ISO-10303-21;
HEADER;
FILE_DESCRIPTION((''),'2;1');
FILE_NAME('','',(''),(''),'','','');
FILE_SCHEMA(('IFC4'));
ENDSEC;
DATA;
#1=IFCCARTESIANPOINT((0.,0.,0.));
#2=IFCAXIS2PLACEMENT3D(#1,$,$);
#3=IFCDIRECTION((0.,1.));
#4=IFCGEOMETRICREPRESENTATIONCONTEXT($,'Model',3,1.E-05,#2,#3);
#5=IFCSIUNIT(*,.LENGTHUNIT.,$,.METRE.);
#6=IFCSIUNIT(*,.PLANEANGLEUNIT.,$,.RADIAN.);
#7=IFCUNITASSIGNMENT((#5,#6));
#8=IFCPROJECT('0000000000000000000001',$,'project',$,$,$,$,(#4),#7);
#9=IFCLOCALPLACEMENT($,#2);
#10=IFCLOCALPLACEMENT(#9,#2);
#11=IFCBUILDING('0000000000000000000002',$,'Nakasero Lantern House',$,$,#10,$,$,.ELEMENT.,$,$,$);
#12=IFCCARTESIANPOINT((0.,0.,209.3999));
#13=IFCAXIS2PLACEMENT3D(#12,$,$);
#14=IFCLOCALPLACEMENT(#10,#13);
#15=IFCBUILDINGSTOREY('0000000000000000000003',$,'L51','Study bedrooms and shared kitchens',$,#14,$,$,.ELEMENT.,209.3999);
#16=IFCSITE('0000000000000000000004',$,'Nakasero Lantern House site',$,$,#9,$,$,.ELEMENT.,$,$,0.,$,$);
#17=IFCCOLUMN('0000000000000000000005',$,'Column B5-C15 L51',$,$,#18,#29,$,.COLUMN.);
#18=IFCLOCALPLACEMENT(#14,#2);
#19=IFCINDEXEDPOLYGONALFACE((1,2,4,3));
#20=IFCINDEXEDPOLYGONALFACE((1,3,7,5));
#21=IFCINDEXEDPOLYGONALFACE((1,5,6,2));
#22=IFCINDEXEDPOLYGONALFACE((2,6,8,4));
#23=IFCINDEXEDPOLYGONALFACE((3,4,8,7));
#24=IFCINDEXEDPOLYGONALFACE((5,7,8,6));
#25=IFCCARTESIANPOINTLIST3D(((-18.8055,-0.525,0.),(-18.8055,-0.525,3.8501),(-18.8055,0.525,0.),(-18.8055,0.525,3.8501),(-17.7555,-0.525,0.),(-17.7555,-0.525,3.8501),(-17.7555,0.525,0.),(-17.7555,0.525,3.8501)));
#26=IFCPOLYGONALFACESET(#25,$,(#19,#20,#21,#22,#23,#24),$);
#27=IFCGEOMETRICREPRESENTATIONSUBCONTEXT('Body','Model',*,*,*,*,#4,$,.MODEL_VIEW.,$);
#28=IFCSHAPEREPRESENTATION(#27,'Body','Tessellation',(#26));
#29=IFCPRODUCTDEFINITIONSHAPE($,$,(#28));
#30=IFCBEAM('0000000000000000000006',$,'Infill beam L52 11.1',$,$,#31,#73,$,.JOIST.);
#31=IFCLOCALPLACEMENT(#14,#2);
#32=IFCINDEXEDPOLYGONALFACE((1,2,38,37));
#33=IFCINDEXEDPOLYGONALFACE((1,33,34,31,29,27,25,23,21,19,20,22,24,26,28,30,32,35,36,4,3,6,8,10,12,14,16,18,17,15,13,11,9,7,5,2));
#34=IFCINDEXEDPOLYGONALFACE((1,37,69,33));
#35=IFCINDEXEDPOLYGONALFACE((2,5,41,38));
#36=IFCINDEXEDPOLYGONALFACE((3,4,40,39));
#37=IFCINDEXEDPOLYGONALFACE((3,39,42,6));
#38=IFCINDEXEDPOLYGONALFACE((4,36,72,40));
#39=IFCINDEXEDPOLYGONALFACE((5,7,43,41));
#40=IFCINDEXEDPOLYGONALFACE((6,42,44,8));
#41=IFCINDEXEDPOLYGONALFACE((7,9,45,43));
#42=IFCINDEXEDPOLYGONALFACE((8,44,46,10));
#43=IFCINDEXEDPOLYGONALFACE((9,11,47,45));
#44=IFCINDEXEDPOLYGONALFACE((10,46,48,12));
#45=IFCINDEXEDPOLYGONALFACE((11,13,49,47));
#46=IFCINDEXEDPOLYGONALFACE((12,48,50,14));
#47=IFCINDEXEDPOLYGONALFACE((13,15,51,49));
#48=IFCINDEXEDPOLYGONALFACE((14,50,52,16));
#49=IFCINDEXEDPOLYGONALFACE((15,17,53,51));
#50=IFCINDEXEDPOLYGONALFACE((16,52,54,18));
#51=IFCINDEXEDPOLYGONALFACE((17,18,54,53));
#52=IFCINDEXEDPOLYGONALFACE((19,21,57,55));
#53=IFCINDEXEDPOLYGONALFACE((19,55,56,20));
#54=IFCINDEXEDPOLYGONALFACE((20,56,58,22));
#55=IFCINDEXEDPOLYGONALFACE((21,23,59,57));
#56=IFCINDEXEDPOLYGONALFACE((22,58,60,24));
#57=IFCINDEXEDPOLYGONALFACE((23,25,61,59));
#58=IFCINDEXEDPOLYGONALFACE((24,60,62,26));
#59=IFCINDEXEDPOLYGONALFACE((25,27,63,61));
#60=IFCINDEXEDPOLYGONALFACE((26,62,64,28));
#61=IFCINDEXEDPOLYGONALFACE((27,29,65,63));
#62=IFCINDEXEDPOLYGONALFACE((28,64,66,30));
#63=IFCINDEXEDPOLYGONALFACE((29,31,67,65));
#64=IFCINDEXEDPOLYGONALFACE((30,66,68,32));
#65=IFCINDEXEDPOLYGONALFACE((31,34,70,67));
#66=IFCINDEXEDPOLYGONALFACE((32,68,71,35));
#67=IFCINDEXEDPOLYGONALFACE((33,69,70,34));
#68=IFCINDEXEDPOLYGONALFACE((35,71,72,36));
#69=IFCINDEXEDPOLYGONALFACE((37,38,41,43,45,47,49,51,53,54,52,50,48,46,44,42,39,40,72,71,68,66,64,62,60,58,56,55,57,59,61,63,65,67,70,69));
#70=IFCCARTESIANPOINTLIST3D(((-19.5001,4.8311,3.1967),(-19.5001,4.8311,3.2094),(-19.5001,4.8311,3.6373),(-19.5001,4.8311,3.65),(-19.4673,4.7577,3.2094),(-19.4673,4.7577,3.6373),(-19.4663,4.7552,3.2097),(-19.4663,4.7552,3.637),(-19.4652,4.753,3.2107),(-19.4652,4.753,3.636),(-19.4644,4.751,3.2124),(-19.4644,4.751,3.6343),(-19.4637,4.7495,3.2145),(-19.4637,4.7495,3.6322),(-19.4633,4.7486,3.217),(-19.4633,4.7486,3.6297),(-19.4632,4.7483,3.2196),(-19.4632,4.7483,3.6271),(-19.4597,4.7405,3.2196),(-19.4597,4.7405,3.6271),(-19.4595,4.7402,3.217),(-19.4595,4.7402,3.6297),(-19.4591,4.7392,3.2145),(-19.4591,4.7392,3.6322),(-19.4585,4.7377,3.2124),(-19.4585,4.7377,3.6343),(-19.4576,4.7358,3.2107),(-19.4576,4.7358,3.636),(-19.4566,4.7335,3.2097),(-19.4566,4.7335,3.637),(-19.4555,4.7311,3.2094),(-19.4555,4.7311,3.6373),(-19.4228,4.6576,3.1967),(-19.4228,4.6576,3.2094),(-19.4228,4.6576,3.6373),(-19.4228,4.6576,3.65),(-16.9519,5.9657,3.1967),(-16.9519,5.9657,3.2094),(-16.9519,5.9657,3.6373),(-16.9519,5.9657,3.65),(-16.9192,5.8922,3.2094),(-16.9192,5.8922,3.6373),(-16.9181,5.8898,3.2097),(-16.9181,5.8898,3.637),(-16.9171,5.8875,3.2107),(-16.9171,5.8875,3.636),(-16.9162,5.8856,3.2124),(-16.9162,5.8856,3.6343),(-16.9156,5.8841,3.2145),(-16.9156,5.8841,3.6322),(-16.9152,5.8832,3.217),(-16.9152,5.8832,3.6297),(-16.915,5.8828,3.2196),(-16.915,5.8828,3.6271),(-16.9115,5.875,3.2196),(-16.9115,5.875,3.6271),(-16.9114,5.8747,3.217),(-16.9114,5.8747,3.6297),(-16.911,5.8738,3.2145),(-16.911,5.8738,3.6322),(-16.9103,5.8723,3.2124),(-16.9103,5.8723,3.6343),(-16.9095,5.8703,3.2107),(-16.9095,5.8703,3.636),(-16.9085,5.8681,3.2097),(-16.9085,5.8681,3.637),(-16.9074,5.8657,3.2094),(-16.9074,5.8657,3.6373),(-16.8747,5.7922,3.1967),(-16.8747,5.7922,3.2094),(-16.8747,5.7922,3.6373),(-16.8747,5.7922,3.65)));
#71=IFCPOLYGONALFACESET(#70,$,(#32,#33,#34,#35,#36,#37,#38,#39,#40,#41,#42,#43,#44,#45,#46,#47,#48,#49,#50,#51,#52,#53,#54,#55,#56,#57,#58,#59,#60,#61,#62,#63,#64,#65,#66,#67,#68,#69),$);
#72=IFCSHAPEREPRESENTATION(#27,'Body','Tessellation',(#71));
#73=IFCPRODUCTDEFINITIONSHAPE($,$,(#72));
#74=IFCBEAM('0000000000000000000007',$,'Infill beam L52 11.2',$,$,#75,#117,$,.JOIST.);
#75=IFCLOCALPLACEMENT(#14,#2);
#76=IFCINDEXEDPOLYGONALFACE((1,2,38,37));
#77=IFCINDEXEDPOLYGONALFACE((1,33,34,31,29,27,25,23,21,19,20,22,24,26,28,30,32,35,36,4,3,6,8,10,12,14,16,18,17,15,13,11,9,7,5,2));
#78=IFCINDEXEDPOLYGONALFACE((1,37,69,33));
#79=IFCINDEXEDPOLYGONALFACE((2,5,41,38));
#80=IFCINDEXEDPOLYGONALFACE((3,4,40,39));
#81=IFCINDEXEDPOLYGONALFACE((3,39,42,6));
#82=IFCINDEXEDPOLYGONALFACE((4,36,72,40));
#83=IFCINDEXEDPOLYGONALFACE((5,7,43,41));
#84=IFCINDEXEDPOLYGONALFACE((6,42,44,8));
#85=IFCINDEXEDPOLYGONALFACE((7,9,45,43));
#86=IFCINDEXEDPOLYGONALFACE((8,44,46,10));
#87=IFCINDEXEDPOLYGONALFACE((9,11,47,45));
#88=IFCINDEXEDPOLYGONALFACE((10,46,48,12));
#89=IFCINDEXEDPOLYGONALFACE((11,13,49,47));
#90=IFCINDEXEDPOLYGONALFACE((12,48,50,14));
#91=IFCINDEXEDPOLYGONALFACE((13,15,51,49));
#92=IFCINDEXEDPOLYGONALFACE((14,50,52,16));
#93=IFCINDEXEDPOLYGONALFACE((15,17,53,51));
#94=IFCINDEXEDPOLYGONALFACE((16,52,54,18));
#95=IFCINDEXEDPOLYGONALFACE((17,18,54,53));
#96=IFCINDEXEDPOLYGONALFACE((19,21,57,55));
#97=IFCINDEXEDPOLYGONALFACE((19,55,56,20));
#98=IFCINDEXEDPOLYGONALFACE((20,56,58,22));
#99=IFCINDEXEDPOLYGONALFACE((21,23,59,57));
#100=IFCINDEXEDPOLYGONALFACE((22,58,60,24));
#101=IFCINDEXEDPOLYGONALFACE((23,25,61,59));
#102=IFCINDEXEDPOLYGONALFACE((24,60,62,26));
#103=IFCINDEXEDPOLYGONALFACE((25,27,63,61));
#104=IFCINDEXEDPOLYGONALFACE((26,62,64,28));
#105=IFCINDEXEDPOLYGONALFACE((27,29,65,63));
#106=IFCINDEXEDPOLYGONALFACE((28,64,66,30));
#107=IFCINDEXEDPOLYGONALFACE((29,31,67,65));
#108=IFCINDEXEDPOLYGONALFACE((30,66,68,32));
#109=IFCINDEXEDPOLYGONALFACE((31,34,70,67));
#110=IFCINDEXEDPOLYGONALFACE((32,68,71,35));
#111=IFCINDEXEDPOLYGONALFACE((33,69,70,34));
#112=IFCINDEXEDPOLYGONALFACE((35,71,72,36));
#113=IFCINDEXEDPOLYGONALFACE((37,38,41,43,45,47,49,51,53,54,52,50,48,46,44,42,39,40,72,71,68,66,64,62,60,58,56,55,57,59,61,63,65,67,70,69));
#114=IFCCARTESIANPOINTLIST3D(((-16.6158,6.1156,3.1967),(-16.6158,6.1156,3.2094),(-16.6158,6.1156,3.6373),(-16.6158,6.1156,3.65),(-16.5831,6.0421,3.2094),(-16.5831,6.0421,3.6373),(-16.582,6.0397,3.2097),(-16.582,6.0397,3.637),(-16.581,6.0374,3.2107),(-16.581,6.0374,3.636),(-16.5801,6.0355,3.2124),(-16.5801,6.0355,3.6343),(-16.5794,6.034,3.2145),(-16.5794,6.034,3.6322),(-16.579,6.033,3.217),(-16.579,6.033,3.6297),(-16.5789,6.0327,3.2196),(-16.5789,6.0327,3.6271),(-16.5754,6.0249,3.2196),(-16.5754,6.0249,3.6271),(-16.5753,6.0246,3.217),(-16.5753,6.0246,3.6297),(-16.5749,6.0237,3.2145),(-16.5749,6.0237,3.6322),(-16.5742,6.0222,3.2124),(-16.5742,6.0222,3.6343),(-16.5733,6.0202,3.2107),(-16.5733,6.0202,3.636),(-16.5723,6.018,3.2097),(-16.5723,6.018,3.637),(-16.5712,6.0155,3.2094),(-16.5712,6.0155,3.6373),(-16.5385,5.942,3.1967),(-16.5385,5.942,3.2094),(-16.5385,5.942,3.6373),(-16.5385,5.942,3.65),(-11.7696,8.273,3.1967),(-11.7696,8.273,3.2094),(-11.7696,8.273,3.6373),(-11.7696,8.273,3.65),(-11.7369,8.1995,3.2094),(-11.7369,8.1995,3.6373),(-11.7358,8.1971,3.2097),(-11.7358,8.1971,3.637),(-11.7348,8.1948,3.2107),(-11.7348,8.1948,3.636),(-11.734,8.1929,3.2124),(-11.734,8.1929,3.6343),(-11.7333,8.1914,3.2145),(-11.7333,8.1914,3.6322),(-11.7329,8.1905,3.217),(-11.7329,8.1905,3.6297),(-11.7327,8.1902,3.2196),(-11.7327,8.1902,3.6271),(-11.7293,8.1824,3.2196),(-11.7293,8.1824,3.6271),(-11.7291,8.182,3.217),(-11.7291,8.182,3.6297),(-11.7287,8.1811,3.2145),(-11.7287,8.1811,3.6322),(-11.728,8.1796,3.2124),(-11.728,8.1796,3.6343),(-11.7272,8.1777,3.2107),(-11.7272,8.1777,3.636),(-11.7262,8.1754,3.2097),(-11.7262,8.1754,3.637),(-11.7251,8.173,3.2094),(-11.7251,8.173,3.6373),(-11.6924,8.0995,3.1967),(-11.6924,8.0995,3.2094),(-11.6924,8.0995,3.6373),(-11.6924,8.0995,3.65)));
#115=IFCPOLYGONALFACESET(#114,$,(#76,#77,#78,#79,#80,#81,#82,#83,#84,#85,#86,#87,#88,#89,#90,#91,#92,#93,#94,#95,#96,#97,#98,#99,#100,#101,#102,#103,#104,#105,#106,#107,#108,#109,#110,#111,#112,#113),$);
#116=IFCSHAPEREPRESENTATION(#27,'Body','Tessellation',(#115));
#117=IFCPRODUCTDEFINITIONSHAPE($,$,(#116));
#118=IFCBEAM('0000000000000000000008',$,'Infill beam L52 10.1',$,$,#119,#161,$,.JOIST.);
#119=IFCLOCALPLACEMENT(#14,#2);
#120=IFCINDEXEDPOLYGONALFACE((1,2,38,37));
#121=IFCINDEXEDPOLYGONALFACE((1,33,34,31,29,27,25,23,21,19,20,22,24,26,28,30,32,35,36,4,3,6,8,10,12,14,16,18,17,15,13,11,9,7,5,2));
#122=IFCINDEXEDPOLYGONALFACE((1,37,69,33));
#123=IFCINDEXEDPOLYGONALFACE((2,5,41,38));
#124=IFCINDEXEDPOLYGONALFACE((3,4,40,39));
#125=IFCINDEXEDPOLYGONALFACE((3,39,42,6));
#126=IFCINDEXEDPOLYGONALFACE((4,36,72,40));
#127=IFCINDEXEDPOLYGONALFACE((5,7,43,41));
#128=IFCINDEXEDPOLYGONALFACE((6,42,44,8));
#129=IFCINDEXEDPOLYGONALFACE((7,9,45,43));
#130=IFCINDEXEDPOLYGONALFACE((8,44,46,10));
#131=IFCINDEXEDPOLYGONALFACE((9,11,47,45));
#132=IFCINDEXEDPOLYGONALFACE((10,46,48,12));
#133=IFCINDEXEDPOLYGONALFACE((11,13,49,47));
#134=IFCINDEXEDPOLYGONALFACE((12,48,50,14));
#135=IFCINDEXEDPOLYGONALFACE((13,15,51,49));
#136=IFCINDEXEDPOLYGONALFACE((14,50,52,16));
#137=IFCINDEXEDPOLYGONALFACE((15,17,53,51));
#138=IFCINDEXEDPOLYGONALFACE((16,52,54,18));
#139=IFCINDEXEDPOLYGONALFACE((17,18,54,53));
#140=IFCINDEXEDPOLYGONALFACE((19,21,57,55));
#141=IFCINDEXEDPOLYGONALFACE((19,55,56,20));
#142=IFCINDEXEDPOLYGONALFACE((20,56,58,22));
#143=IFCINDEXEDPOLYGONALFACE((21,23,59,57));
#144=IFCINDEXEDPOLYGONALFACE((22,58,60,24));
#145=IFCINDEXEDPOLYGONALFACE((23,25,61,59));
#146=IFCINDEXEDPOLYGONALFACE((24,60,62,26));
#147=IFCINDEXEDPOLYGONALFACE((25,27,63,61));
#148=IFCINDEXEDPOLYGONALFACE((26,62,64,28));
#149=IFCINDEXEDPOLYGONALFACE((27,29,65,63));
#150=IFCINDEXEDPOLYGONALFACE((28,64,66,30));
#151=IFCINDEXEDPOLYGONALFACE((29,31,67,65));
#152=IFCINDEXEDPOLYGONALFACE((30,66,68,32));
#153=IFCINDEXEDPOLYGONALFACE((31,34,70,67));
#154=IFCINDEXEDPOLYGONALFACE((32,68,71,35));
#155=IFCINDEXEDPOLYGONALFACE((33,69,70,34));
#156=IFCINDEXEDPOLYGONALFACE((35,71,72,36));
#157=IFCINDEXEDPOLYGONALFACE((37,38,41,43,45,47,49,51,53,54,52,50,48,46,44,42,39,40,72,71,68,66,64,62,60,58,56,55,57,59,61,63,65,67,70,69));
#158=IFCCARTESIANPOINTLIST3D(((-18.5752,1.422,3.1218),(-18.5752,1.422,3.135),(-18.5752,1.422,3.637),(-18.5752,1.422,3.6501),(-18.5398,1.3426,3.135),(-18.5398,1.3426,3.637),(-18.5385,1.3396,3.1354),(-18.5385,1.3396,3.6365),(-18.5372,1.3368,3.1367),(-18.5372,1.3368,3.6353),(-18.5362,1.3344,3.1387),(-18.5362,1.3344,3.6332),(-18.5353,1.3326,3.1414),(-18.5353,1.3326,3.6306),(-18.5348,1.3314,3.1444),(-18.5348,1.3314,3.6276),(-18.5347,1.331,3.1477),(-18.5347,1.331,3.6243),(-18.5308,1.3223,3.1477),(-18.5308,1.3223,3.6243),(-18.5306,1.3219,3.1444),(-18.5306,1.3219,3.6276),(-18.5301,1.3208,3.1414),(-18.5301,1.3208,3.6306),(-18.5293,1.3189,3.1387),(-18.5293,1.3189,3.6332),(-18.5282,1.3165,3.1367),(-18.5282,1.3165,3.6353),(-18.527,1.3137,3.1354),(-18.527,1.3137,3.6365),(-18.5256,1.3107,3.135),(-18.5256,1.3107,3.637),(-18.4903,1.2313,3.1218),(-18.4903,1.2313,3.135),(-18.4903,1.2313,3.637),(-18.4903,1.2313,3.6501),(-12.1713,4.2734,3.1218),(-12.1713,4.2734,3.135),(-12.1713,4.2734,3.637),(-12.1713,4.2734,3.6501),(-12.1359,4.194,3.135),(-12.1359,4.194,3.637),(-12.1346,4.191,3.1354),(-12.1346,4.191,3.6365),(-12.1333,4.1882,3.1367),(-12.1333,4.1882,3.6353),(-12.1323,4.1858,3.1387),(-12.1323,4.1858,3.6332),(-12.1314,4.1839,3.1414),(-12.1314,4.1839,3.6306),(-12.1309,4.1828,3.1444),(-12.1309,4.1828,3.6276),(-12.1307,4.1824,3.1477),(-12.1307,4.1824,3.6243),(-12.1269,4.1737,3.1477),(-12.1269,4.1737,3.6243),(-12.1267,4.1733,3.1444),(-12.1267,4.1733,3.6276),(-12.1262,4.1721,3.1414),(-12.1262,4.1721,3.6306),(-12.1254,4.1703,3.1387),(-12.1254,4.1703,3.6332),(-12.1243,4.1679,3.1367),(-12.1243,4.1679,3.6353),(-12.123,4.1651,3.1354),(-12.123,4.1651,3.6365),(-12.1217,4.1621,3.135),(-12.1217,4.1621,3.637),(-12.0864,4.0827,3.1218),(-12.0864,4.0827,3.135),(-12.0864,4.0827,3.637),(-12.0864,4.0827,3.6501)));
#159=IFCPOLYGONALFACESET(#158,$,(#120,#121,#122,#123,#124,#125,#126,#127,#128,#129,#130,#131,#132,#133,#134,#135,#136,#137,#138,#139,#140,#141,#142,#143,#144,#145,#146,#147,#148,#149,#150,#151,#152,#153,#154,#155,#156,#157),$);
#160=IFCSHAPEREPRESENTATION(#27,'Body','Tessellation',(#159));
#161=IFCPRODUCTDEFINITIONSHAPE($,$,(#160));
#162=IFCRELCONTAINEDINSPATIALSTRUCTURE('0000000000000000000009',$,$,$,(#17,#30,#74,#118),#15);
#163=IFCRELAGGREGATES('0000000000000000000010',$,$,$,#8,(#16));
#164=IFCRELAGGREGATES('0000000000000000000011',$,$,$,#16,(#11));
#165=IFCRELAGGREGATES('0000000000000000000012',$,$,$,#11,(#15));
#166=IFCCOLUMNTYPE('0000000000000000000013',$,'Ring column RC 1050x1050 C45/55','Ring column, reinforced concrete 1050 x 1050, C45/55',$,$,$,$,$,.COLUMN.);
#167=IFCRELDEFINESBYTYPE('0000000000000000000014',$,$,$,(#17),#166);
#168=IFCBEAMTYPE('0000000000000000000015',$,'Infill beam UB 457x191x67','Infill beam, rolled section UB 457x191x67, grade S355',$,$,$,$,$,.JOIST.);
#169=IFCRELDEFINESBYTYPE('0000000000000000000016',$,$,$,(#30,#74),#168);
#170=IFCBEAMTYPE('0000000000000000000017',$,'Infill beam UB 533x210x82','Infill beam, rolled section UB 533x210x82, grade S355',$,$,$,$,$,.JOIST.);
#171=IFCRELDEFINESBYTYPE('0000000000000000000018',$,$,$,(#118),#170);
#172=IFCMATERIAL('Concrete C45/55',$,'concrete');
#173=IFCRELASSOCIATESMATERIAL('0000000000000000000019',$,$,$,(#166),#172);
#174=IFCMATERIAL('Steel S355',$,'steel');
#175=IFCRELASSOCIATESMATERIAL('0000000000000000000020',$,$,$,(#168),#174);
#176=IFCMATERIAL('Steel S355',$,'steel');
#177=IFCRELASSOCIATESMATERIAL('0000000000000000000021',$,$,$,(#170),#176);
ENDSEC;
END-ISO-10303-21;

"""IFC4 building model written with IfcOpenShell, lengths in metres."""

from ifc_helpers import new_model, si_unit, direction, frame, origin, origin_2d, place, context, subcontext, project, spatial, rectangle, i_section, extrude, material, material_profile, profile_set, type_object, element, save


model = new_model("IFC4")

# Units and contexts
model_context = context("Model", 3, precision=1e-05, world=origin(), true_north=direction((0.0, 1.0)))
body_context = subcontext(model_context, "Body", "Model", "MODEL_VIEW")
ifc_project = project(units=[si_unit("LENGTHUNIT", "METRE"), si_unit("PLANEANGLEUNIT", "RADIAN")], contexts=[model_context])

# Site, building, storey
site_placement = place(None, origin())
site = spatial("IfcSite", under=ifc_project, at=site_placement, Name="Nakasero Lantern House site", CompositionType="ELEMENT", RefElevation=0.0)
building_placement = place(site_placement, origin())
building = spatial("IfcBuilding", under=site, at=building_placement, Name="Nakasero Lantern House", CompositionType="ELEMENT")
storey_placement = place(building_placement, frame((0.0, 0.0, 209.3999)))
storey = spatial("IfcBuildingStorey", under=building, at=storey_placement, Name="L51", Description="Study bedrooms and shared kitchens", CompositionType="ELEMENT", Elevation=209.3999)

# Column
ifc_material_1 = material(Name="Concrete C45/55", Category="concrete")
ifc_material_profile_1 = material_profile(ifc_material_1, rectangle(XDim=1.05, YDim=1.05, at=origin_2d()), Name="RC 1050x1050")
ifc_profile_set_1 = profile_set([ifc_material_profile_1], Name="Concrete C45/55")
column_type = type_object("IfcColumnType", Name="Ring column RC 1050x1050 C45/55", Description="Ring column, reinforced concrete 1050 x 1050, C45/55", PredefinedType="COLUMN", material=ifc_profile_set_1)
column_placement = place(storey_placement, frame((-18.2805, 0.0, 0.0), z_axis=(0.0, 0.0, 1.0), x_axis=(1.0, 0.0, 0.0)))
element("IfcColumn", 1, at=column_placement, inside=storey, type_object=column_type, Name="Column B5-C15 L51", PredefinedType="COLUMN", context=body_context, shape_type="SweptSolid", body=[
    extrude(rectangle(XDim=1.05, YDim=1.05, at=origin_2d()), origin(), (0.0, 0.0, 1.0), 3.8501),
])

# Beams
ifc_material_2 = material(Name="Steel S355", Category="steel")
ifc_material_profile_2 = material_profile(ifc_material_2, i_section(OverallWidth=0.1899, OverallDepth=0.4534, WebThickness=0.0085, FlangeThickness=0.0127, FilletRadius=0.0103, at=origin_2d()), Name="UB 457x191x67")
ifc_profile_set_2 = profile_set([ifc_material_profile_2], Name="Steel S355")
beam_type_1 = type_object("IfcBeamType", Name="Infill beam UB 457x191x67", Description="Infill beam, rolled section UB 457x191x67, grade S355", PredefinedType="JOIST", material=ifc_profile_set_2)
beam_1_placement = place(storey_placement, frame((-19.4614, 4.7444, 3.4233), z_axis=(0.913541, 0.406747, 0.0), x_axis=(-0.406747, 0.913541, 0.0)))
element("IfcBeam", 2, at=beam_1_placement, inside=storey, type_object=beam_type_1, Name="Infill beam L52 11.1", PredefinedType="JOIST", context=body_context, shape_type="SweptSolid", body=[
    extrude(i_section(OverallWidth=0.1899, OverallDepth=0.4534, WebThickness=0.0085, FlangeThickness=0.0127, FilletRadius=0.0103, at=origin_2d()), origin(), (0.0, 0.0, 1.0), 2.7893),
])
beam_2_placement = place(storey_placement, frame((-16.5771, 6.0288, 3.4233), z_axis=(0.913559, 0.406706, 0.0), x_axis=(-0.406706, 0.913559, 0.0)))
element("IfcBeam", 3, at=beam_2_placement, inside=storey, type_object=beam_type_1, Name="Infill beam L52 11.2", PredefinedType="JOIST", context=body_context, shape_type="SweptSolid", body=[
    extrude(i_section(OverallWidth=0.1899, OverallDepth=0.4534, WebThickness=0.0085, FlangeThickness=0.0127, FilletRadius=0.0103, at=origin_2d()), origin(), (0.0, 0.0, 1.0), 5.3047),
])
ifc_material_3 = material(Name="Steel S355", Category="steel")
ifc_material_profile_3 = material_profile(ifc_material_3, i_section(OverallWidth=0.2087, OverallDepth=0.5283, WebThickness=0.0095, FlangeThickness=0.0132, FilletRadius=0.0127, at=origin_2d()), Name="UB 533x210x82")
ifc_profile_set_3 = profile_set([ifc_material_profile_3], Name="Steel S355")
beam_type_2 = type_object("IfcBeamType", Name="Infill beam UB 533x210x82", Description="Infill beam, rolled section UB 533x210x82, grade S355", PredefinedType="JOIST", material=ifc_profile_set_3)
beam_3_placement = place(storey_placement, frame((-18.5327, 1.3267, 3.386), z_axis=(0.913537, 0.406756, 0.0), x_axis=(-0.406756, 0.913537, 0.0)))
element("IfcBeam", 4, at=beam_3_placement, inside=storey, type_object=beam_type_2, Name="Infill beam L52 10.1", PredefinedType="JOIST", context=body_context, shape_type="SweptSolid", body=[
    extrude(i_section(OverallWidth=0.2087, OverallDepth=0.5283, WebThickness=0.0095, FlangeThickness=0.0132, FilletRadius=0.0127, at=origin_2d()), origin(), (0.0, 0.0, 1.0), 7.01),
])

save(model, "model.ifc")
